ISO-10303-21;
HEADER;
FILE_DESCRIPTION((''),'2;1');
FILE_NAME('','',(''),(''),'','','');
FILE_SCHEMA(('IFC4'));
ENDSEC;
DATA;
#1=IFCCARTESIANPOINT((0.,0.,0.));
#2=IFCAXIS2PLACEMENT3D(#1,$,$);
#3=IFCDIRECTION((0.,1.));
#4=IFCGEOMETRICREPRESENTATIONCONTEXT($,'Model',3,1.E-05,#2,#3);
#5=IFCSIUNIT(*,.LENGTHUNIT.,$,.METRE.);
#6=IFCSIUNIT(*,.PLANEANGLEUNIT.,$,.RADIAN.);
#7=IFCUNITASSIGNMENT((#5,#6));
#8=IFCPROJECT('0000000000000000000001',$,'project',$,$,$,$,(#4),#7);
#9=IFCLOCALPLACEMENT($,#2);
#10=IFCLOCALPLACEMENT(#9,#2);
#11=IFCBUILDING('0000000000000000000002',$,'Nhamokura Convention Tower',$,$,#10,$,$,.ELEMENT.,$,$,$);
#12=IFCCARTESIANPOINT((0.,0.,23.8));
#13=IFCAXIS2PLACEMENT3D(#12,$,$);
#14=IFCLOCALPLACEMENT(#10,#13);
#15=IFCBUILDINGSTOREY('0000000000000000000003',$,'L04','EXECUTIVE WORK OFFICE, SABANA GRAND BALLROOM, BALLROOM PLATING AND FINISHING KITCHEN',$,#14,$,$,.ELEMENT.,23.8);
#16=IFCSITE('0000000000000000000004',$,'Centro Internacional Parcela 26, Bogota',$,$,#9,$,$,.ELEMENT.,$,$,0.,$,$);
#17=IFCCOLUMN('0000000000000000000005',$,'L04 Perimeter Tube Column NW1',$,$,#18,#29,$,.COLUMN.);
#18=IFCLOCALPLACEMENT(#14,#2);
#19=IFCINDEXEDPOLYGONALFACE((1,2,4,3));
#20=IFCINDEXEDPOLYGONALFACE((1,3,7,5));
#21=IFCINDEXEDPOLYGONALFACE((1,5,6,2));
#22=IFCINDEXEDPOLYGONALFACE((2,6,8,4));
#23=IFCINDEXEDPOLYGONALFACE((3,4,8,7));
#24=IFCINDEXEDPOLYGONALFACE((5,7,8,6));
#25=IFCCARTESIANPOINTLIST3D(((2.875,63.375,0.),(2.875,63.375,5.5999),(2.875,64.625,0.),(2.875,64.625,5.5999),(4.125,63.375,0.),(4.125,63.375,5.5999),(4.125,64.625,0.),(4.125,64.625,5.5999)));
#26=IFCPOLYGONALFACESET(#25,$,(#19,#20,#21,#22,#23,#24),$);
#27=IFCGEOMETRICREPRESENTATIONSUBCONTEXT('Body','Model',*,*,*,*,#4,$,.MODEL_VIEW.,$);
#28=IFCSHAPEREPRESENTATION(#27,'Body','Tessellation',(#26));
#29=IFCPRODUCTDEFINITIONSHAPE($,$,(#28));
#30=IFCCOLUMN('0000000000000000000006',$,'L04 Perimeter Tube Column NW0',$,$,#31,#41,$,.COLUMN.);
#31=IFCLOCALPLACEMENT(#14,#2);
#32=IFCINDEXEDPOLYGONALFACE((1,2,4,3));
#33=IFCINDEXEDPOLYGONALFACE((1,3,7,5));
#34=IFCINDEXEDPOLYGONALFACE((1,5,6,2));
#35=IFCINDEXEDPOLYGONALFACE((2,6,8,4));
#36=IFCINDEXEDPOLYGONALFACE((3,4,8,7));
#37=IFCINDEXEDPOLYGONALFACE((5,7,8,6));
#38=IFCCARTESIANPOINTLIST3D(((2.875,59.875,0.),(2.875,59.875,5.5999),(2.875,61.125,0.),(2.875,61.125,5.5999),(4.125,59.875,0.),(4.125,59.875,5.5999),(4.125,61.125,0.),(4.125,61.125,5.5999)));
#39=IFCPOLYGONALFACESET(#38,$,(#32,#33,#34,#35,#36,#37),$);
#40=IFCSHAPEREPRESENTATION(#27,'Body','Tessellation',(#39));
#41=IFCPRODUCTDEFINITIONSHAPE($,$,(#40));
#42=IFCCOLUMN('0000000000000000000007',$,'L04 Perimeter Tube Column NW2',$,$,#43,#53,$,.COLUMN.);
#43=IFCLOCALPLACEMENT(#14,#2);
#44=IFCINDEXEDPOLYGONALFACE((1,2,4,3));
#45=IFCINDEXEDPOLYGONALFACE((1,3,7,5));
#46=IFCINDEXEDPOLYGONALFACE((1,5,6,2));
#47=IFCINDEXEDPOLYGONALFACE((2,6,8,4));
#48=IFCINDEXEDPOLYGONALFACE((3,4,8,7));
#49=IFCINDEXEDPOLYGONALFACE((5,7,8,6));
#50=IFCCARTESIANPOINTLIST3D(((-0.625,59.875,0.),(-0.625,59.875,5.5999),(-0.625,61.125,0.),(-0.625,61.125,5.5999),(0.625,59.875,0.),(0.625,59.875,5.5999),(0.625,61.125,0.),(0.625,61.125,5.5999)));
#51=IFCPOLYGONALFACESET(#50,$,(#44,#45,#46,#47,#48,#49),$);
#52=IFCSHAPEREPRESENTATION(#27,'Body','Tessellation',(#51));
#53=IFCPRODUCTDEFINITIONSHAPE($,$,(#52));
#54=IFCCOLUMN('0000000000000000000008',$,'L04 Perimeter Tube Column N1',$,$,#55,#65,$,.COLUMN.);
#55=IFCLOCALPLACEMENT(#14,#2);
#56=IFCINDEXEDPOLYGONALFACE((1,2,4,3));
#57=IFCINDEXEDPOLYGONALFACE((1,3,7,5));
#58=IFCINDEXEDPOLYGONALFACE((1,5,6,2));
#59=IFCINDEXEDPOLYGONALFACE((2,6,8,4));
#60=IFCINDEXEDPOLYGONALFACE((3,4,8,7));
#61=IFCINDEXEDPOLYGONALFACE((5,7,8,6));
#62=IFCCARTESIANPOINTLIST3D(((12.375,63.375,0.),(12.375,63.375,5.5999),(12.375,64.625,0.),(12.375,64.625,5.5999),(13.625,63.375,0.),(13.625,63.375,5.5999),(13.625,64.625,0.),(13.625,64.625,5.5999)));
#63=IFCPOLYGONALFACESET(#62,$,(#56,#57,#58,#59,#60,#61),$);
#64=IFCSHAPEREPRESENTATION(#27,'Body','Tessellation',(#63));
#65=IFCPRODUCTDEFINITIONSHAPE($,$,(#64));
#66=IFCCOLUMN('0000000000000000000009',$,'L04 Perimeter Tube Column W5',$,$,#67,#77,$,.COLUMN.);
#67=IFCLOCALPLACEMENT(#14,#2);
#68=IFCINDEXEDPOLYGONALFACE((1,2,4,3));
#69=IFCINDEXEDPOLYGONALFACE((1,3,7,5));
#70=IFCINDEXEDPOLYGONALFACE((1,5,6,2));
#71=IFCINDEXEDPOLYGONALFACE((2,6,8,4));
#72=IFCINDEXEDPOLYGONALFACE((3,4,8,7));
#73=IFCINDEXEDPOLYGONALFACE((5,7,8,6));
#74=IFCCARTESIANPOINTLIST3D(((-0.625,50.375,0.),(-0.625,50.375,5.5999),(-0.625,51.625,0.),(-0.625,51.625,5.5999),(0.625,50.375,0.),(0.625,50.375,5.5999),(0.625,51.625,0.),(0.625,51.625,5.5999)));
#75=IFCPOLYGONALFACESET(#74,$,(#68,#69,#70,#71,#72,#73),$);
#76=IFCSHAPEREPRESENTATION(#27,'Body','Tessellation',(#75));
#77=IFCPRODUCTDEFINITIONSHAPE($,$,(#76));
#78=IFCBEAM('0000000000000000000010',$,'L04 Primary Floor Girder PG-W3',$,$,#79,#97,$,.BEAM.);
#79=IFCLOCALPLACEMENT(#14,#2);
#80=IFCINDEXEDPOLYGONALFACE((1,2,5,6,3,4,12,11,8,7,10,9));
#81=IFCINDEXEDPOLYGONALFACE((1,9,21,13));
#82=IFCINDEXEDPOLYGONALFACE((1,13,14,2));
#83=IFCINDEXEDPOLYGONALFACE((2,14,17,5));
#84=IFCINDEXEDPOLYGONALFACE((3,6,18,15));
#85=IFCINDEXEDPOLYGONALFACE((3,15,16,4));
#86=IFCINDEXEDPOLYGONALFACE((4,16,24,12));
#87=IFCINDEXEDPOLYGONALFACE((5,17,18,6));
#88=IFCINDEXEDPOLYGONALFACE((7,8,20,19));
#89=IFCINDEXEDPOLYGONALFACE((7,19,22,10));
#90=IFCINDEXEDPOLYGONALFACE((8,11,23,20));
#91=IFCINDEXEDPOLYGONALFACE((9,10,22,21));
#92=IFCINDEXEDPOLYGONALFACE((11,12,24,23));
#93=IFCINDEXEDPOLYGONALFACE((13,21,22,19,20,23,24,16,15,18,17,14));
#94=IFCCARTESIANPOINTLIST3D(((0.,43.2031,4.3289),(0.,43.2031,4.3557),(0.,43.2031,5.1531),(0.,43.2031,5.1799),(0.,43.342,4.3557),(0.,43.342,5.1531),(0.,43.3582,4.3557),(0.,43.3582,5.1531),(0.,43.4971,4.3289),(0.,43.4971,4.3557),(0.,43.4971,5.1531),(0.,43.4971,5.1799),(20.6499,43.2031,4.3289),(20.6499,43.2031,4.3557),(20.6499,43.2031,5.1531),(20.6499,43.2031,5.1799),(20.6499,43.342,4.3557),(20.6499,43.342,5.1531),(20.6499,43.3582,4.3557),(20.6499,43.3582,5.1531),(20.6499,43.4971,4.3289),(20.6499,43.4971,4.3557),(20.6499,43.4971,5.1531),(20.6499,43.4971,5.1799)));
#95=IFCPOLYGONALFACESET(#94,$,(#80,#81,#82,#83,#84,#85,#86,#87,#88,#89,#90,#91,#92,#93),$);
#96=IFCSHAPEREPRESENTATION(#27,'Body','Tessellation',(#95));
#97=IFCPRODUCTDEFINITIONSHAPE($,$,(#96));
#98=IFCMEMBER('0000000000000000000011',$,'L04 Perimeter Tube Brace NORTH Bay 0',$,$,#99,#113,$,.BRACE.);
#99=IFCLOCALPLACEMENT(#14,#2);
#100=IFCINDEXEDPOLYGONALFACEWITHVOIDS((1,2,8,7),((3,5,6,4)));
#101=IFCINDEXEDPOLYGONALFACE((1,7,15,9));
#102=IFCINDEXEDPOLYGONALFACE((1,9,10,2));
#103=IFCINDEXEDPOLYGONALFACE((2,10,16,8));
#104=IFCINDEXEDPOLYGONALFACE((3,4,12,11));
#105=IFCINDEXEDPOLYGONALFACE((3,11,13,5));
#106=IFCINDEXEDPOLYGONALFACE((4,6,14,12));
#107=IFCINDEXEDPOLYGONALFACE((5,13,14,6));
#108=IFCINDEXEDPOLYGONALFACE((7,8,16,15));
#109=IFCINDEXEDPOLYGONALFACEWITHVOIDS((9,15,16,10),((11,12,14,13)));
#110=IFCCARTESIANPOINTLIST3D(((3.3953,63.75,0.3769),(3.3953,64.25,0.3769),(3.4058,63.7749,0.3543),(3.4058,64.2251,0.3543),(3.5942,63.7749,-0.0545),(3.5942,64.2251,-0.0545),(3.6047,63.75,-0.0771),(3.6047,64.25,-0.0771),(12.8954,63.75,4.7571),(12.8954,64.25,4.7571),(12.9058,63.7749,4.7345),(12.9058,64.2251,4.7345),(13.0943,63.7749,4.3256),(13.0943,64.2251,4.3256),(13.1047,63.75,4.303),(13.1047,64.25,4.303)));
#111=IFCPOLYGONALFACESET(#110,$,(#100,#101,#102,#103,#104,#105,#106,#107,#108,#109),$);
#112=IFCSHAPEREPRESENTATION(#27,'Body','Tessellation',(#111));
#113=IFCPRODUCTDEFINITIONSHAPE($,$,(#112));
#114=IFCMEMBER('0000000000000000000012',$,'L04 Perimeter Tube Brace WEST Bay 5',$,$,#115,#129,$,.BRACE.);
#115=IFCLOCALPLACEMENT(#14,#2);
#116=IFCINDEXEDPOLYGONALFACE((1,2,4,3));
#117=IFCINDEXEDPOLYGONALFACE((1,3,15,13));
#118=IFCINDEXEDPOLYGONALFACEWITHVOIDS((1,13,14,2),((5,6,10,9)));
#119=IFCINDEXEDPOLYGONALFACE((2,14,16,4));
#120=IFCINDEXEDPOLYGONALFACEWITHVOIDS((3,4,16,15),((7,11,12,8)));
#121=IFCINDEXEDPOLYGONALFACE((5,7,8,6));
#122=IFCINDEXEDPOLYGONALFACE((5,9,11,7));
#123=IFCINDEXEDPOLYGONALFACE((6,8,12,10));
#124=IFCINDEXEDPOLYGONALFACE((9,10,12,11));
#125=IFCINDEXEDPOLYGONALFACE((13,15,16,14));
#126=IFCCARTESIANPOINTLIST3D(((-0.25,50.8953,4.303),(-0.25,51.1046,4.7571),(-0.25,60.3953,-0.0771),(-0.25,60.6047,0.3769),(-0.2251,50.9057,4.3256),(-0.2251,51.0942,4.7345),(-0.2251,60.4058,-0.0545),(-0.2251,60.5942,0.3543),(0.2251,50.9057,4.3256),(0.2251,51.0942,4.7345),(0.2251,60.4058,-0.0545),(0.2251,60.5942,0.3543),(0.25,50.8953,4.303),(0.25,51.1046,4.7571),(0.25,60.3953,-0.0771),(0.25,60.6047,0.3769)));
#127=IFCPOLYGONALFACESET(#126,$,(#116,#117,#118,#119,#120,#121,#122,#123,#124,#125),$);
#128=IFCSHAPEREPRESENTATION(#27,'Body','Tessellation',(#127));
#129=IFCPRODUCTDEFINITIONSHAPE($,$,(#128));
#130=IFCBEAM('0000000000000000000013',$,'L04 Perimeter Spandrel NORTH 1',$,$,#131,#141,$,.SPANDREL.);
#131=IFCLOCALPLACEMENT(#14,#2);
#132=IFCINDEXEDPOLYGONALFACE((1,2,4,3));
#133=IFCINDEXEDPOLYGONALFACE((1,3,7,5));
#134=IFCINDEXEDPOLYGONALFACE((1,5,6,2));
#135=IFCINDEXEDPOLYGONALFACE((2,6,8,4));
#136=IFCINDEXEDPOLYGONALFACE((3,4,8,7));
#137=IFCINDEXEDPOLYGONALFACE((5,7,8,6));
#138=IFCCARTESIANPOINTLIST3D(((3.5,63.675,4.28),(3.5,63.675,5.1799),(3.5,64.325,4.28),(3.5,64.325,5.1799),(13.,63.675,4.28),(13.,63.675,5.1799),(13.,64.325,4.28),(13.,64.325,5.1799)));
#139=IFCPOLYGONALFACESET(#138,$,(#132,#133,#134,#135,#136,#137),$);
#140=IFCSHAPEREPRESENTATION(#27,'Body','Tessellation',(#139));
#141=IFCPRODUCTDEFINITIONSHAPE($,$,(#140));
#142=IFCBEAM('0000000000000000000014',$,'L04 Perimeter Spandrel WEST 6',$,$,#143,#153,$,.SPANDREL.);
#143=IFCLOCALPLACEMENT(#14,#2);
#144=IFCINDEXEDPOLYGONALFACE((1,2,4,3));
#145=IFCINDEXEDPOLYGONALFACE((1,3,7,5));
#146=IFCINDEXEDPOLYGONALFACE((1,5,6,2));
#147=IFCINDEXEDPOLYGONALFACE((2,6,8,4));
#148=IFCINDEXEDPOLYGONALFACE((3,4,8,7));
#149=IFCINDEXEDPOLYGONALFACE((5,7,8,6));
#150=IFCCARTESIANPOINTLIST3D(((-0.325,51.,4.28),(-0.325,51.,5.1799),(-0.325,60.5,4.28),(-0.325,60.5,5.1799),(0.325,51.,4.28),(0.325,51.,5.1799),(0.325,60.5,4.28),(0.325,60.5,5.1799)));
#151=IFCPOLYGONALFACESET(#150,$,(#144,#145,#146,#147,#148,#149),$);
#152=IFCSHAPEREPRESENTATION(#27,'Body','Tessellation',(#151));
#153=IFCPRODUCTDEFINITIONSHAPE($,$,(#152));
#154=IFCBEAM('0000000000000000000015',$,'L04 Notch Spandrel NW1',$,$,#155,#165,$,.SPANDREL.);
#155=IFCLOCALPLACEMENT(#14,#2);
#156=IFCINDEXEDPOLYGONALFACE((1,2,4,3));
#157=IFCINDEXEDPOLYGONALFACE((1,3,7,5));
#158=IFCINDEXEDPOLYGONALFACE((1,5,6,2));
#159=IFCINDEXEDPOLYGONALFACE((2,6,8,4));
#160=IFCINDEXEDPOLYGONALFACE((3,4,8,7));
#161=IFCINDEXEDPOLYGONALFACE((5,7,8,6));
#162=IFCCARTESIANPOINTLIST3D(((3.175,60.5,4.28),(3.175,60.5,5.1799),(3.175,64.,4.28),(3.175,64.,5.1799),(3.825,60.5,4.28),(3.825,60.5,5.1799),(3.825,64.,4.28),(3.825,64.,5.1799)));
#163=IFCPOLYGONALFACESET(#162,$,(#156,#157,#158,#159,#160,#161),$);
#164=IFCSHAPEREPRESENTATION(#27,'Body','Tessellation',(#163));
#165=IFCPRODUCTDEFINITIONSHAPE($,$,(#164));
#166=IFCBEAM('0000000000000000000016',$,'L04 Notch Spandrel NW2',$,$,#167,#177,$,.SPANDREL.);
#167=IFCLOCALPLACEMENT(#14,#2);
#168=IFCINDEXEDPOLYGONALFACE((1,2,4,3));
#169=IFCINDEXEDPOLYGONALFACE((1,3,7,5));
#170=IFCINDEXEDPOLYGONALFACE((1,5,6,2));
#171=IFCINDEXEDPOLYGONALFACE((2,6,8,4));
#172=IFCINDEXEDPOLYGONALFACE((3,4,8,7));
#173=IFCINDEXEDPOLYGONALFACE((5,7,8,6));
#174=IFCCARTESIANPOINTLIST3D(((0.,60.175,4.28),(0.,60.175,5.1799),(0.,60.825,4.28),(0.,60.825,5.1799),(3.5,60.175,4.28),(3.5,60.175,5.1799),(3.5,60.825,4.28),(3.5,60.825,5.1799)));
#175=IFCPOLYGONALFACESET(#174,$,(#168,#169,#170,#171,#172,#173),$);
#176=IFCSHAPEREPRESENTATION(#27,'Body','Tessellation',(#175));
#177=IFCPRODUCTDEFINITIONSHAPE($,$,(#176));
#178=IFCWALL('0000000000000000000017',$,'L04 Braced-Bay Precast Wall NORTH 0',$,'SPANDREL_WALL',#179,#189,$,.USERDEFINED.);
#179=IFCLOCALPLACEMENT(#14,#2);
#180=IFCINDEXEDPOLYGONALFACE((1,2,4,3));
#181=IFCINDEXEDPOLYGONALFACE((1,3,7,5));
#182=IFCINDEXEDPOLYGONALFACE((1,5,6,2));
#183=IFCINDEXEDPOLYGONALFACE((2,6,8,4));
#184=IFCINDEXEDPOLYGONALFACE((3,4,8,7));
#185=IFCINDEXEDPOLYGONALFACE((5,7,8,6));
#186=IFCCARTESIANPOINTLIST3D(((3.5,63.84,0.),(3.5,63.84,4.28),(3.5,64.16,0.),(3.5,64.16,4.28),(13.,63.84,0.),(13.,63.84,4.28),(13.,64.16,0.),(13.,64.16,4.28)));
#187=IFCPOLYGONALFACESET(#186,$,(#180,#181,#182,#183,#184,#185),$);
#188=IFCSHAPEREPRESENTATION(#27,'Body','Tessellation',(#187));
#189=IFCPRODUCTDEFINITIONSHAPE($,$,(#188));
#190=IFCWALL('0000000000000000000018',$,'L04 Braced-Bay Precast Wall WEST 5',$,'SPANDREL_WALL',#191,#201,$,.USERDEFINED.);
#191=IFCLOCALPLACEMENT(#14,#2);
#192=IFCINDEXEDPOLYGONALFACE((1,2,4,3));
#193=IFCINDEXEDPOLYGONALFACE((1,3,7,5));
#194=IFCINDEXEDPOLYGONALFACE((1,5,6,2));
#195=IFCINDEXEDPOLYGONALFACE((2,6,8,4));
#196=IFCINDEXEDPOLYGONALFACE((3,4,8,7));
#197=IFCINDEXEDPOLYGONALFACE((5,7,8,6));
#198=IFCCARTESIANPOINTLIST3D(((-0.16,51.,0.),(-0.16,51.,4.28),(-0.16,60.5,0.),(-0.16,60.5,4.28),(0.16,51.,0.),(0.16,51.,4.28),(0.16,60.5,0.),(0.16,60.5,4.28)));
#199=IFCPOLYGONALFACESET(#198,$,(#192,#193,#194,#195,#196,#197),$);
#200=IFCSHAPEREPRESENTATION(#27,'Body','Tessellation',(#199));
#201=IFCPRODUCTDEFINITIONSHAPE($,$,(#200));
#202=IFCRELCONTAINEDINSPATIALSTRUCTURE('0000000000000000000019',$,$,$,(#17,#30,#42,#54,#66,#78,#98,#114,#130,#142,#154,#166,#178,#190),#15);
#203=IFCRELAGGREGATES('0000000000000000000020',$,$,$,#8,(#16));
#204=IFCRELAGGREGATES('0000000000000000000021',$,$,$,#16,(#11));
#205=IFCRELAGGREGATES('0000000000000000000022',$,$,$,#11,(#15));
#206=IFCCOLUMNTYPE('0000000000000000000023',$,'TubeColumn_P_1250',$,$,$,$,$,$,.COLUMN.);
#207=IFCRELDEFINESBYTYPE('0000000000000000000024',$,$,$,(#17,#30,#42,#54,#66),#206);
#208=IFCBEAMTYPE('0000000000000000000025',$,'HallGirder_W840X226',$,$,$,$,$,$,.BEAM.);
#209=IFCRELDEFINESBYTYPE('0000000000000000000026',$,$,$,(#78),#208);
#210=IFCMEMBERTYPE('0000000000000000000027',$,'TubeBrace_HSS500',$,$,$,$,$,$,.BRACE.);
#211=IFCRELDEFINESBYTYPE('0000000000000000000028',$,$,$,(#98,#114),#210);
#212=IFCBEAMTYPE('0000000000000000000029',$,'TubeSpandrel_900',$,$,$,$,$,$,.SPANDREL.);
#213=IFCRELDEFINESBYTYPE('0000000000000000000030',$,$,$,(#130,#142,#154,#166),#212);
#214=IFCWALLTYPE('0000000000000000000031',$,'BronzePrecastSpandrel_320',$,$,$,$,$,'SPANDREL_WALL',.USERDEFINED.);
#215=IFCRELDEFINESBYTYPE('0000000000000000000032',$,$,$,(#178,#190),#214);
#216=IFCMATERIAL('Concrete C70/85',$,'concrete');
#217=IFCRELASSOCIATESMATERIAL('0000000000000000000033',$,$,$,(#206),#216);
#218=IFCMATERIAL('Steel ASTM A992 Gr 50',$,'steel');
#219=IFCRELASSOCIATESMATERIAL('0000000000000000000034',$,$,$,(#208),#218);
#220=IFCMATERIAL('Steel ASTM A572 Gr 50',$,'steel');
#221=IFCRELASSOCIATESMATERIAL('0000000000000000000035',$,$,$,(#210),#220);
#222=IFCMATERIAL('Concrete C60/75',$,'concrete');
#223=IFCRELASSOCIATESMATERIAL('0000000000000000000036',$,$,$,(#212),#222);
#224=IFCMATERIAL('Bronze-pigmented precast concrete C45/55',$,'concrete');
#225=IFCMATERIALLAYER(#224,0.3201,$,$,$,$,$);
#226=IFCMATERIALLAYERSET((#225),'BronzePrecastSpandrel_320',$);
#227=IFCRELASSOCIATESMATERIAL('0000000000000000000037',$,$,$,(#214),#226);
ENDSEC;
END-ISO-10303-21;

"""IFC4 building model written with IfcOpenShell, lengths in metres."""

from ifc_helpers import new_model, si_unit, direction, frame, frame_2d, origin, origin_2d, place, context, subcontext, project, spatial, rectangle, hollow_rectangle, i_section, extrude, material, layer, layer_set, material_profile, profile_set, type_object, element, save


model = new_model("IFC4")

# Units and contexts
model_context = context("Model", 3, precision=1e-05, world=origin(), true_north=direction((0.0, 1.0)))
body_context = subcontext(model_context, "Body", "Model", "MODEL_VIEW")
ifc_project = project(units=[si_unit("LENGTHUNIT", "METRE"), si_unit("PLANEANGLEUNIT", "RADIAN")], contexts=[model_context])

# Site, building, storey
site_placement = place(None, origin())
site = spatial("IfcSite", under=ifc_project, at=site_placement, Name="Centro Internacional Parcela 26, Bogota", CompositionType="ELEMENT", RefElevation=0.0)
building_placement = place(site_placement, origin())
building = spatial("IfcBuilding", under=site, at=building_placement, Name="Nhamokura Convention Tower", CompositionType="ELEMENT")
storey_placement = place(building_placement, frame((0.0, 0.0, 23.8)))
storey = spatial("IfcBuildingStorey", under=building, at=storey_placement, Name="L04", Description="EXECUTIVE WORK OFFICE, SABANA GRAND BALLROOM, BALLROOM PLATING AND FINISHING KITCHEN", CompositionType="ELEMENT", Elevation=23.8)

# Columns
ifc_material_1 = material(Name="Concrete C70/85", Category="concrete")
ifc_material_profile_1 = material_profile(ifc_material_1, rectangle(XDim=1.25, YDim=1.25, at=origin_2d()))
ifc_profile_set_1 = profile_set([ifc_material_profile_1], Name="Concrete C70/85")
column_type = type_object("IfcColumnType", Name="TubeColumn_P_1250", PredefinedType="COLUMN", material=ifc_profile_set_1)
for number, where, z_axis, x_axis, name in (
    (1, (3.5, 64.0, 0.0), (0.0, 0.0, 1.0), (1.0, 0.0, 0.0), "L04 Perimeter Tube Column NW1"),
    (2, (3.5, 60.5, 0.0), (0.0, 0.0, 1.0), (1.0, 0.0, 0.0), "L04 Perimeter Tube Column NW0"),
    (3, (0.0, 60.5, 0.0), (0.0, 0.0, 1.0), (1.0, 0.0, 0.0), "L04 Perimeter Tube Column NW2"),
    (4, (13.0, 64.0, 0.0), (0.0, 0.0, 1.0), (1.0, 0.0, 0.0), "L04 Perimeter Tube Column N1"),
    (5, (0.0, 51.0, 0.0), (0.0, 0.0, 1.0), (1.0, 0.0, 0.0), "L04 Perimeter Tube Column W5"),
):
    element("IfcColumn", number, at=place(storey_placement, frame(where, z_axis=z_axis, x_axis=x_axis)), inside=storey, type_object=column_type, Name=name, PredefinedType="COLUMN", context=body_context, shape_type="SweptSolid", body=[
        extrude(rectangle(XDim=1.25, YDim=1.25, at=origin_2d()), origin(), (0.0, 0.0, 1.0), 5.5999),
    ])

# Beam
ifc_material_2 = material(Name="Steel ASTM A992 Gr 50", Category="steel")
ifc_material_profile_2 = material_profile(ifc_material_2, i_section(OverallWidth=0.2939, OverallDepth=0.8511, WebThickness=0.0161, FlangeThickness=0.0269, at=origin_2d()))
ifc_profile_set_2 = profile_set([ifc_material_profile_2], Name="Steel ASTM A992 Gr 50")
beam_type_1 = type_object("IfcBeamType", Name="HallGirder_W840X226", PredefinedType="BEAM", material=ifc_profile_set_2)
beam_placement = place(storey_placement, frame((0.0, 43.3501, 4.7544), z_axis=(1.0, 0.0, 0.0), x_axis=(0.0, 1.0, 0.0)))
element("IfcBeam", 6, at=beam_placement, inside=storey, type_object=beam_type_1, Name="L04 Primary Floor Girder PG-W3", PredefinedType="BEAM", context=body_context, shape_type="SweptSolid", body=[
    extrude(i_section(OverallWidth=0.2939, OverallDepth=0.8511, WebThickness=0.0161, FlangeThickness=0.0269, at=origin_2d()), origin(), (0.0, 0.0, 1.0), 20.6499),
])

# Members
ifc_material_3 = material(Name="Steel ASTM A572 Gr 50", Category="steel")
ifc_material_profile_3 = material_profile(ifc_material_3, hollow_rectangle(XDim=0.5, YDim=0.5, WallThickness=0.0249, at=origin_2d()))
ifc_profile_set_3 = profile_set([ifc_material_profile_3], Name="Steel ASTM A572 Gr 50")
member_type = type_object("IfcMemberType", Name="TubeBrace_HSS500", PredefinedType="BRACE", material=ifc_profile_set_3)
for number, where, z_axis, x_axis, name in (
    (7, (3.5, 64.0, 0.1499), (0.908123, 0.0, 0.418704), (0.0, 1.0, 0.0), "L04 Perimeter Tube Brace NORTH Bay 0"),
    (8, (0.0, 60.5, 0.1499), (0.0, -0.908123, 0.418704), (1.0, 0.0, 0.0), "L04 Perimeter Tube Brace WEST Bay 5"),
):
    element("IfcMember", number, at=place(storey_placement, frame(where, z_axis=z_axis, x_axis=x_axis)), inside=storey, type_object=member_type, Name=name, PredefinedType="BRACE", context=body_context, shape_type="SweptSolid", body=[
        extrude(hollow_rectangle(XDim=0.5, YDim=0.5, WallThickness=0.0249, at=origin_2d()), origin(), (0.0, 0.0, 1.0), 10.4612),
    ])

# Beams
ifc_material_4 = material(Name="Concrete C60/75", Category="concrete")
ifc_material_profile_4 = material_profile(ifc_material_4, rectangle(XDim=0.6499, YDim=0.8999, at=origin_2d()))
ifc_profile_set_4 = profile_set([ifc_material_profile_4], Name="Concrete C60/75")
beam_type_2 = type_object("IfcBeamType", Name="TubeSpandrel_900", PredefinedType="SPANDREL", material=ifc_profile_set_4)
for number, where, z_axis, x_axis, name in (
    (9, (3.5, 64.0, 4.73), (1.0, 0.0, 0.0), (0.0, 1.0, 0.0), "L04 Perimeter Spandrel NORTH 1"),
    (10, (0.0, 51.0, 4.73), (0.0, 1.0, 0.0), (-1.0, 0.0, 0.0), "L04 Perimeter Spandrel WEST 6"),
):
    element("IfcBeam", number, at=place(storey_placement, frame(where, z_axis=z_axis, x_axis=x_axis)), inside=storey, type_object=beam_type_2, Name=name, PredefinedType="SPANDREL", context=body_context, shape_type="SweptSolid", body=[
        extrude(rectangle(XDim=0.6499, YDim=0.8999, at=origin_2d()), origin(), (0.0, 0.0, 1.0), 9.5),
    ])
for number, where, z_axis, x_axis, name in (
    (11, (3.5, 64.0, 4.73), (0.0, -1.0, 0.0), (1.0, 0.0, 0.0), "L04 Notch Spandrel NW1"),
    (12, (3.5, 60.5, 4.73), (-1.0, 0.0, 0.0), (0.0, -1.0, 0.0), "L04 Notch Spandrel NW2"),
):
    element("IfcBeam", number, at=place(storey_placement, frame(where, z_axis=z_axis, x_axis=x_axis)), inside=storey, type_object=beam_type_2, Name=name, PredefinedType="SPANDREL", context=body_context, shape_type="SweptSolid", body=[
        extrude(rectangle(XDim=0.6499, YDim=0.8999, at=origin_2d()), origin(), (0.0, 0.0, 1.0), 3.5),
    ])

# Walls
ifc_material_5 = material(Name="Bronze-pigmented precast concrete C45/55", Category="concrete")
ifc_layer_1 = layer(ifc_material_5, 0.3201)
ifc_layer_set_1 = layer_set([ifc_layer_1], Name="BronzePrecastSpandrel_320")
wall_type_1 = type_object("IfcWallType", Name="BronzePrecastSpandrel_320", ElementType="SPANDREL_WALL", PredefinedType="USERDEFINED", material=ifc_layer_set_1)
for number, where, z_axis, x_axis, name in (
    (13, (3.5, 64.0, 0.0), (0.0, 0.0, 1.0), (1.0, 0.0, 0.0), "L04 Braced-Bay Precast Wall NORTH 0"),
    (14, (0.0, 51.0, 0.0), (0.0, 0.0, 1.0), (0.0, 1.0, 0.0), "L04 Braced-Bay Precast Wall WEST 5"),
):
    element("IfcWall", number, at=place(storey_placement, frame(where, z_axis=z_axis, x_axis=x_axis)), inside=storey, type_object=wall_type_1, Name=name, ObjectType="SPANDREL_WALL", PredefinedType="USERDEFINED", context=body_context, shape_type="SweptSolid", body=[
        extrude(rectangle(XDim=9.5, YDim=0.3201, at=frame_2d((4.75, 0.0))), origin(), (0.0, 0.0, 1.0), 4.28),
    ])

save(model, "model.ifc")
